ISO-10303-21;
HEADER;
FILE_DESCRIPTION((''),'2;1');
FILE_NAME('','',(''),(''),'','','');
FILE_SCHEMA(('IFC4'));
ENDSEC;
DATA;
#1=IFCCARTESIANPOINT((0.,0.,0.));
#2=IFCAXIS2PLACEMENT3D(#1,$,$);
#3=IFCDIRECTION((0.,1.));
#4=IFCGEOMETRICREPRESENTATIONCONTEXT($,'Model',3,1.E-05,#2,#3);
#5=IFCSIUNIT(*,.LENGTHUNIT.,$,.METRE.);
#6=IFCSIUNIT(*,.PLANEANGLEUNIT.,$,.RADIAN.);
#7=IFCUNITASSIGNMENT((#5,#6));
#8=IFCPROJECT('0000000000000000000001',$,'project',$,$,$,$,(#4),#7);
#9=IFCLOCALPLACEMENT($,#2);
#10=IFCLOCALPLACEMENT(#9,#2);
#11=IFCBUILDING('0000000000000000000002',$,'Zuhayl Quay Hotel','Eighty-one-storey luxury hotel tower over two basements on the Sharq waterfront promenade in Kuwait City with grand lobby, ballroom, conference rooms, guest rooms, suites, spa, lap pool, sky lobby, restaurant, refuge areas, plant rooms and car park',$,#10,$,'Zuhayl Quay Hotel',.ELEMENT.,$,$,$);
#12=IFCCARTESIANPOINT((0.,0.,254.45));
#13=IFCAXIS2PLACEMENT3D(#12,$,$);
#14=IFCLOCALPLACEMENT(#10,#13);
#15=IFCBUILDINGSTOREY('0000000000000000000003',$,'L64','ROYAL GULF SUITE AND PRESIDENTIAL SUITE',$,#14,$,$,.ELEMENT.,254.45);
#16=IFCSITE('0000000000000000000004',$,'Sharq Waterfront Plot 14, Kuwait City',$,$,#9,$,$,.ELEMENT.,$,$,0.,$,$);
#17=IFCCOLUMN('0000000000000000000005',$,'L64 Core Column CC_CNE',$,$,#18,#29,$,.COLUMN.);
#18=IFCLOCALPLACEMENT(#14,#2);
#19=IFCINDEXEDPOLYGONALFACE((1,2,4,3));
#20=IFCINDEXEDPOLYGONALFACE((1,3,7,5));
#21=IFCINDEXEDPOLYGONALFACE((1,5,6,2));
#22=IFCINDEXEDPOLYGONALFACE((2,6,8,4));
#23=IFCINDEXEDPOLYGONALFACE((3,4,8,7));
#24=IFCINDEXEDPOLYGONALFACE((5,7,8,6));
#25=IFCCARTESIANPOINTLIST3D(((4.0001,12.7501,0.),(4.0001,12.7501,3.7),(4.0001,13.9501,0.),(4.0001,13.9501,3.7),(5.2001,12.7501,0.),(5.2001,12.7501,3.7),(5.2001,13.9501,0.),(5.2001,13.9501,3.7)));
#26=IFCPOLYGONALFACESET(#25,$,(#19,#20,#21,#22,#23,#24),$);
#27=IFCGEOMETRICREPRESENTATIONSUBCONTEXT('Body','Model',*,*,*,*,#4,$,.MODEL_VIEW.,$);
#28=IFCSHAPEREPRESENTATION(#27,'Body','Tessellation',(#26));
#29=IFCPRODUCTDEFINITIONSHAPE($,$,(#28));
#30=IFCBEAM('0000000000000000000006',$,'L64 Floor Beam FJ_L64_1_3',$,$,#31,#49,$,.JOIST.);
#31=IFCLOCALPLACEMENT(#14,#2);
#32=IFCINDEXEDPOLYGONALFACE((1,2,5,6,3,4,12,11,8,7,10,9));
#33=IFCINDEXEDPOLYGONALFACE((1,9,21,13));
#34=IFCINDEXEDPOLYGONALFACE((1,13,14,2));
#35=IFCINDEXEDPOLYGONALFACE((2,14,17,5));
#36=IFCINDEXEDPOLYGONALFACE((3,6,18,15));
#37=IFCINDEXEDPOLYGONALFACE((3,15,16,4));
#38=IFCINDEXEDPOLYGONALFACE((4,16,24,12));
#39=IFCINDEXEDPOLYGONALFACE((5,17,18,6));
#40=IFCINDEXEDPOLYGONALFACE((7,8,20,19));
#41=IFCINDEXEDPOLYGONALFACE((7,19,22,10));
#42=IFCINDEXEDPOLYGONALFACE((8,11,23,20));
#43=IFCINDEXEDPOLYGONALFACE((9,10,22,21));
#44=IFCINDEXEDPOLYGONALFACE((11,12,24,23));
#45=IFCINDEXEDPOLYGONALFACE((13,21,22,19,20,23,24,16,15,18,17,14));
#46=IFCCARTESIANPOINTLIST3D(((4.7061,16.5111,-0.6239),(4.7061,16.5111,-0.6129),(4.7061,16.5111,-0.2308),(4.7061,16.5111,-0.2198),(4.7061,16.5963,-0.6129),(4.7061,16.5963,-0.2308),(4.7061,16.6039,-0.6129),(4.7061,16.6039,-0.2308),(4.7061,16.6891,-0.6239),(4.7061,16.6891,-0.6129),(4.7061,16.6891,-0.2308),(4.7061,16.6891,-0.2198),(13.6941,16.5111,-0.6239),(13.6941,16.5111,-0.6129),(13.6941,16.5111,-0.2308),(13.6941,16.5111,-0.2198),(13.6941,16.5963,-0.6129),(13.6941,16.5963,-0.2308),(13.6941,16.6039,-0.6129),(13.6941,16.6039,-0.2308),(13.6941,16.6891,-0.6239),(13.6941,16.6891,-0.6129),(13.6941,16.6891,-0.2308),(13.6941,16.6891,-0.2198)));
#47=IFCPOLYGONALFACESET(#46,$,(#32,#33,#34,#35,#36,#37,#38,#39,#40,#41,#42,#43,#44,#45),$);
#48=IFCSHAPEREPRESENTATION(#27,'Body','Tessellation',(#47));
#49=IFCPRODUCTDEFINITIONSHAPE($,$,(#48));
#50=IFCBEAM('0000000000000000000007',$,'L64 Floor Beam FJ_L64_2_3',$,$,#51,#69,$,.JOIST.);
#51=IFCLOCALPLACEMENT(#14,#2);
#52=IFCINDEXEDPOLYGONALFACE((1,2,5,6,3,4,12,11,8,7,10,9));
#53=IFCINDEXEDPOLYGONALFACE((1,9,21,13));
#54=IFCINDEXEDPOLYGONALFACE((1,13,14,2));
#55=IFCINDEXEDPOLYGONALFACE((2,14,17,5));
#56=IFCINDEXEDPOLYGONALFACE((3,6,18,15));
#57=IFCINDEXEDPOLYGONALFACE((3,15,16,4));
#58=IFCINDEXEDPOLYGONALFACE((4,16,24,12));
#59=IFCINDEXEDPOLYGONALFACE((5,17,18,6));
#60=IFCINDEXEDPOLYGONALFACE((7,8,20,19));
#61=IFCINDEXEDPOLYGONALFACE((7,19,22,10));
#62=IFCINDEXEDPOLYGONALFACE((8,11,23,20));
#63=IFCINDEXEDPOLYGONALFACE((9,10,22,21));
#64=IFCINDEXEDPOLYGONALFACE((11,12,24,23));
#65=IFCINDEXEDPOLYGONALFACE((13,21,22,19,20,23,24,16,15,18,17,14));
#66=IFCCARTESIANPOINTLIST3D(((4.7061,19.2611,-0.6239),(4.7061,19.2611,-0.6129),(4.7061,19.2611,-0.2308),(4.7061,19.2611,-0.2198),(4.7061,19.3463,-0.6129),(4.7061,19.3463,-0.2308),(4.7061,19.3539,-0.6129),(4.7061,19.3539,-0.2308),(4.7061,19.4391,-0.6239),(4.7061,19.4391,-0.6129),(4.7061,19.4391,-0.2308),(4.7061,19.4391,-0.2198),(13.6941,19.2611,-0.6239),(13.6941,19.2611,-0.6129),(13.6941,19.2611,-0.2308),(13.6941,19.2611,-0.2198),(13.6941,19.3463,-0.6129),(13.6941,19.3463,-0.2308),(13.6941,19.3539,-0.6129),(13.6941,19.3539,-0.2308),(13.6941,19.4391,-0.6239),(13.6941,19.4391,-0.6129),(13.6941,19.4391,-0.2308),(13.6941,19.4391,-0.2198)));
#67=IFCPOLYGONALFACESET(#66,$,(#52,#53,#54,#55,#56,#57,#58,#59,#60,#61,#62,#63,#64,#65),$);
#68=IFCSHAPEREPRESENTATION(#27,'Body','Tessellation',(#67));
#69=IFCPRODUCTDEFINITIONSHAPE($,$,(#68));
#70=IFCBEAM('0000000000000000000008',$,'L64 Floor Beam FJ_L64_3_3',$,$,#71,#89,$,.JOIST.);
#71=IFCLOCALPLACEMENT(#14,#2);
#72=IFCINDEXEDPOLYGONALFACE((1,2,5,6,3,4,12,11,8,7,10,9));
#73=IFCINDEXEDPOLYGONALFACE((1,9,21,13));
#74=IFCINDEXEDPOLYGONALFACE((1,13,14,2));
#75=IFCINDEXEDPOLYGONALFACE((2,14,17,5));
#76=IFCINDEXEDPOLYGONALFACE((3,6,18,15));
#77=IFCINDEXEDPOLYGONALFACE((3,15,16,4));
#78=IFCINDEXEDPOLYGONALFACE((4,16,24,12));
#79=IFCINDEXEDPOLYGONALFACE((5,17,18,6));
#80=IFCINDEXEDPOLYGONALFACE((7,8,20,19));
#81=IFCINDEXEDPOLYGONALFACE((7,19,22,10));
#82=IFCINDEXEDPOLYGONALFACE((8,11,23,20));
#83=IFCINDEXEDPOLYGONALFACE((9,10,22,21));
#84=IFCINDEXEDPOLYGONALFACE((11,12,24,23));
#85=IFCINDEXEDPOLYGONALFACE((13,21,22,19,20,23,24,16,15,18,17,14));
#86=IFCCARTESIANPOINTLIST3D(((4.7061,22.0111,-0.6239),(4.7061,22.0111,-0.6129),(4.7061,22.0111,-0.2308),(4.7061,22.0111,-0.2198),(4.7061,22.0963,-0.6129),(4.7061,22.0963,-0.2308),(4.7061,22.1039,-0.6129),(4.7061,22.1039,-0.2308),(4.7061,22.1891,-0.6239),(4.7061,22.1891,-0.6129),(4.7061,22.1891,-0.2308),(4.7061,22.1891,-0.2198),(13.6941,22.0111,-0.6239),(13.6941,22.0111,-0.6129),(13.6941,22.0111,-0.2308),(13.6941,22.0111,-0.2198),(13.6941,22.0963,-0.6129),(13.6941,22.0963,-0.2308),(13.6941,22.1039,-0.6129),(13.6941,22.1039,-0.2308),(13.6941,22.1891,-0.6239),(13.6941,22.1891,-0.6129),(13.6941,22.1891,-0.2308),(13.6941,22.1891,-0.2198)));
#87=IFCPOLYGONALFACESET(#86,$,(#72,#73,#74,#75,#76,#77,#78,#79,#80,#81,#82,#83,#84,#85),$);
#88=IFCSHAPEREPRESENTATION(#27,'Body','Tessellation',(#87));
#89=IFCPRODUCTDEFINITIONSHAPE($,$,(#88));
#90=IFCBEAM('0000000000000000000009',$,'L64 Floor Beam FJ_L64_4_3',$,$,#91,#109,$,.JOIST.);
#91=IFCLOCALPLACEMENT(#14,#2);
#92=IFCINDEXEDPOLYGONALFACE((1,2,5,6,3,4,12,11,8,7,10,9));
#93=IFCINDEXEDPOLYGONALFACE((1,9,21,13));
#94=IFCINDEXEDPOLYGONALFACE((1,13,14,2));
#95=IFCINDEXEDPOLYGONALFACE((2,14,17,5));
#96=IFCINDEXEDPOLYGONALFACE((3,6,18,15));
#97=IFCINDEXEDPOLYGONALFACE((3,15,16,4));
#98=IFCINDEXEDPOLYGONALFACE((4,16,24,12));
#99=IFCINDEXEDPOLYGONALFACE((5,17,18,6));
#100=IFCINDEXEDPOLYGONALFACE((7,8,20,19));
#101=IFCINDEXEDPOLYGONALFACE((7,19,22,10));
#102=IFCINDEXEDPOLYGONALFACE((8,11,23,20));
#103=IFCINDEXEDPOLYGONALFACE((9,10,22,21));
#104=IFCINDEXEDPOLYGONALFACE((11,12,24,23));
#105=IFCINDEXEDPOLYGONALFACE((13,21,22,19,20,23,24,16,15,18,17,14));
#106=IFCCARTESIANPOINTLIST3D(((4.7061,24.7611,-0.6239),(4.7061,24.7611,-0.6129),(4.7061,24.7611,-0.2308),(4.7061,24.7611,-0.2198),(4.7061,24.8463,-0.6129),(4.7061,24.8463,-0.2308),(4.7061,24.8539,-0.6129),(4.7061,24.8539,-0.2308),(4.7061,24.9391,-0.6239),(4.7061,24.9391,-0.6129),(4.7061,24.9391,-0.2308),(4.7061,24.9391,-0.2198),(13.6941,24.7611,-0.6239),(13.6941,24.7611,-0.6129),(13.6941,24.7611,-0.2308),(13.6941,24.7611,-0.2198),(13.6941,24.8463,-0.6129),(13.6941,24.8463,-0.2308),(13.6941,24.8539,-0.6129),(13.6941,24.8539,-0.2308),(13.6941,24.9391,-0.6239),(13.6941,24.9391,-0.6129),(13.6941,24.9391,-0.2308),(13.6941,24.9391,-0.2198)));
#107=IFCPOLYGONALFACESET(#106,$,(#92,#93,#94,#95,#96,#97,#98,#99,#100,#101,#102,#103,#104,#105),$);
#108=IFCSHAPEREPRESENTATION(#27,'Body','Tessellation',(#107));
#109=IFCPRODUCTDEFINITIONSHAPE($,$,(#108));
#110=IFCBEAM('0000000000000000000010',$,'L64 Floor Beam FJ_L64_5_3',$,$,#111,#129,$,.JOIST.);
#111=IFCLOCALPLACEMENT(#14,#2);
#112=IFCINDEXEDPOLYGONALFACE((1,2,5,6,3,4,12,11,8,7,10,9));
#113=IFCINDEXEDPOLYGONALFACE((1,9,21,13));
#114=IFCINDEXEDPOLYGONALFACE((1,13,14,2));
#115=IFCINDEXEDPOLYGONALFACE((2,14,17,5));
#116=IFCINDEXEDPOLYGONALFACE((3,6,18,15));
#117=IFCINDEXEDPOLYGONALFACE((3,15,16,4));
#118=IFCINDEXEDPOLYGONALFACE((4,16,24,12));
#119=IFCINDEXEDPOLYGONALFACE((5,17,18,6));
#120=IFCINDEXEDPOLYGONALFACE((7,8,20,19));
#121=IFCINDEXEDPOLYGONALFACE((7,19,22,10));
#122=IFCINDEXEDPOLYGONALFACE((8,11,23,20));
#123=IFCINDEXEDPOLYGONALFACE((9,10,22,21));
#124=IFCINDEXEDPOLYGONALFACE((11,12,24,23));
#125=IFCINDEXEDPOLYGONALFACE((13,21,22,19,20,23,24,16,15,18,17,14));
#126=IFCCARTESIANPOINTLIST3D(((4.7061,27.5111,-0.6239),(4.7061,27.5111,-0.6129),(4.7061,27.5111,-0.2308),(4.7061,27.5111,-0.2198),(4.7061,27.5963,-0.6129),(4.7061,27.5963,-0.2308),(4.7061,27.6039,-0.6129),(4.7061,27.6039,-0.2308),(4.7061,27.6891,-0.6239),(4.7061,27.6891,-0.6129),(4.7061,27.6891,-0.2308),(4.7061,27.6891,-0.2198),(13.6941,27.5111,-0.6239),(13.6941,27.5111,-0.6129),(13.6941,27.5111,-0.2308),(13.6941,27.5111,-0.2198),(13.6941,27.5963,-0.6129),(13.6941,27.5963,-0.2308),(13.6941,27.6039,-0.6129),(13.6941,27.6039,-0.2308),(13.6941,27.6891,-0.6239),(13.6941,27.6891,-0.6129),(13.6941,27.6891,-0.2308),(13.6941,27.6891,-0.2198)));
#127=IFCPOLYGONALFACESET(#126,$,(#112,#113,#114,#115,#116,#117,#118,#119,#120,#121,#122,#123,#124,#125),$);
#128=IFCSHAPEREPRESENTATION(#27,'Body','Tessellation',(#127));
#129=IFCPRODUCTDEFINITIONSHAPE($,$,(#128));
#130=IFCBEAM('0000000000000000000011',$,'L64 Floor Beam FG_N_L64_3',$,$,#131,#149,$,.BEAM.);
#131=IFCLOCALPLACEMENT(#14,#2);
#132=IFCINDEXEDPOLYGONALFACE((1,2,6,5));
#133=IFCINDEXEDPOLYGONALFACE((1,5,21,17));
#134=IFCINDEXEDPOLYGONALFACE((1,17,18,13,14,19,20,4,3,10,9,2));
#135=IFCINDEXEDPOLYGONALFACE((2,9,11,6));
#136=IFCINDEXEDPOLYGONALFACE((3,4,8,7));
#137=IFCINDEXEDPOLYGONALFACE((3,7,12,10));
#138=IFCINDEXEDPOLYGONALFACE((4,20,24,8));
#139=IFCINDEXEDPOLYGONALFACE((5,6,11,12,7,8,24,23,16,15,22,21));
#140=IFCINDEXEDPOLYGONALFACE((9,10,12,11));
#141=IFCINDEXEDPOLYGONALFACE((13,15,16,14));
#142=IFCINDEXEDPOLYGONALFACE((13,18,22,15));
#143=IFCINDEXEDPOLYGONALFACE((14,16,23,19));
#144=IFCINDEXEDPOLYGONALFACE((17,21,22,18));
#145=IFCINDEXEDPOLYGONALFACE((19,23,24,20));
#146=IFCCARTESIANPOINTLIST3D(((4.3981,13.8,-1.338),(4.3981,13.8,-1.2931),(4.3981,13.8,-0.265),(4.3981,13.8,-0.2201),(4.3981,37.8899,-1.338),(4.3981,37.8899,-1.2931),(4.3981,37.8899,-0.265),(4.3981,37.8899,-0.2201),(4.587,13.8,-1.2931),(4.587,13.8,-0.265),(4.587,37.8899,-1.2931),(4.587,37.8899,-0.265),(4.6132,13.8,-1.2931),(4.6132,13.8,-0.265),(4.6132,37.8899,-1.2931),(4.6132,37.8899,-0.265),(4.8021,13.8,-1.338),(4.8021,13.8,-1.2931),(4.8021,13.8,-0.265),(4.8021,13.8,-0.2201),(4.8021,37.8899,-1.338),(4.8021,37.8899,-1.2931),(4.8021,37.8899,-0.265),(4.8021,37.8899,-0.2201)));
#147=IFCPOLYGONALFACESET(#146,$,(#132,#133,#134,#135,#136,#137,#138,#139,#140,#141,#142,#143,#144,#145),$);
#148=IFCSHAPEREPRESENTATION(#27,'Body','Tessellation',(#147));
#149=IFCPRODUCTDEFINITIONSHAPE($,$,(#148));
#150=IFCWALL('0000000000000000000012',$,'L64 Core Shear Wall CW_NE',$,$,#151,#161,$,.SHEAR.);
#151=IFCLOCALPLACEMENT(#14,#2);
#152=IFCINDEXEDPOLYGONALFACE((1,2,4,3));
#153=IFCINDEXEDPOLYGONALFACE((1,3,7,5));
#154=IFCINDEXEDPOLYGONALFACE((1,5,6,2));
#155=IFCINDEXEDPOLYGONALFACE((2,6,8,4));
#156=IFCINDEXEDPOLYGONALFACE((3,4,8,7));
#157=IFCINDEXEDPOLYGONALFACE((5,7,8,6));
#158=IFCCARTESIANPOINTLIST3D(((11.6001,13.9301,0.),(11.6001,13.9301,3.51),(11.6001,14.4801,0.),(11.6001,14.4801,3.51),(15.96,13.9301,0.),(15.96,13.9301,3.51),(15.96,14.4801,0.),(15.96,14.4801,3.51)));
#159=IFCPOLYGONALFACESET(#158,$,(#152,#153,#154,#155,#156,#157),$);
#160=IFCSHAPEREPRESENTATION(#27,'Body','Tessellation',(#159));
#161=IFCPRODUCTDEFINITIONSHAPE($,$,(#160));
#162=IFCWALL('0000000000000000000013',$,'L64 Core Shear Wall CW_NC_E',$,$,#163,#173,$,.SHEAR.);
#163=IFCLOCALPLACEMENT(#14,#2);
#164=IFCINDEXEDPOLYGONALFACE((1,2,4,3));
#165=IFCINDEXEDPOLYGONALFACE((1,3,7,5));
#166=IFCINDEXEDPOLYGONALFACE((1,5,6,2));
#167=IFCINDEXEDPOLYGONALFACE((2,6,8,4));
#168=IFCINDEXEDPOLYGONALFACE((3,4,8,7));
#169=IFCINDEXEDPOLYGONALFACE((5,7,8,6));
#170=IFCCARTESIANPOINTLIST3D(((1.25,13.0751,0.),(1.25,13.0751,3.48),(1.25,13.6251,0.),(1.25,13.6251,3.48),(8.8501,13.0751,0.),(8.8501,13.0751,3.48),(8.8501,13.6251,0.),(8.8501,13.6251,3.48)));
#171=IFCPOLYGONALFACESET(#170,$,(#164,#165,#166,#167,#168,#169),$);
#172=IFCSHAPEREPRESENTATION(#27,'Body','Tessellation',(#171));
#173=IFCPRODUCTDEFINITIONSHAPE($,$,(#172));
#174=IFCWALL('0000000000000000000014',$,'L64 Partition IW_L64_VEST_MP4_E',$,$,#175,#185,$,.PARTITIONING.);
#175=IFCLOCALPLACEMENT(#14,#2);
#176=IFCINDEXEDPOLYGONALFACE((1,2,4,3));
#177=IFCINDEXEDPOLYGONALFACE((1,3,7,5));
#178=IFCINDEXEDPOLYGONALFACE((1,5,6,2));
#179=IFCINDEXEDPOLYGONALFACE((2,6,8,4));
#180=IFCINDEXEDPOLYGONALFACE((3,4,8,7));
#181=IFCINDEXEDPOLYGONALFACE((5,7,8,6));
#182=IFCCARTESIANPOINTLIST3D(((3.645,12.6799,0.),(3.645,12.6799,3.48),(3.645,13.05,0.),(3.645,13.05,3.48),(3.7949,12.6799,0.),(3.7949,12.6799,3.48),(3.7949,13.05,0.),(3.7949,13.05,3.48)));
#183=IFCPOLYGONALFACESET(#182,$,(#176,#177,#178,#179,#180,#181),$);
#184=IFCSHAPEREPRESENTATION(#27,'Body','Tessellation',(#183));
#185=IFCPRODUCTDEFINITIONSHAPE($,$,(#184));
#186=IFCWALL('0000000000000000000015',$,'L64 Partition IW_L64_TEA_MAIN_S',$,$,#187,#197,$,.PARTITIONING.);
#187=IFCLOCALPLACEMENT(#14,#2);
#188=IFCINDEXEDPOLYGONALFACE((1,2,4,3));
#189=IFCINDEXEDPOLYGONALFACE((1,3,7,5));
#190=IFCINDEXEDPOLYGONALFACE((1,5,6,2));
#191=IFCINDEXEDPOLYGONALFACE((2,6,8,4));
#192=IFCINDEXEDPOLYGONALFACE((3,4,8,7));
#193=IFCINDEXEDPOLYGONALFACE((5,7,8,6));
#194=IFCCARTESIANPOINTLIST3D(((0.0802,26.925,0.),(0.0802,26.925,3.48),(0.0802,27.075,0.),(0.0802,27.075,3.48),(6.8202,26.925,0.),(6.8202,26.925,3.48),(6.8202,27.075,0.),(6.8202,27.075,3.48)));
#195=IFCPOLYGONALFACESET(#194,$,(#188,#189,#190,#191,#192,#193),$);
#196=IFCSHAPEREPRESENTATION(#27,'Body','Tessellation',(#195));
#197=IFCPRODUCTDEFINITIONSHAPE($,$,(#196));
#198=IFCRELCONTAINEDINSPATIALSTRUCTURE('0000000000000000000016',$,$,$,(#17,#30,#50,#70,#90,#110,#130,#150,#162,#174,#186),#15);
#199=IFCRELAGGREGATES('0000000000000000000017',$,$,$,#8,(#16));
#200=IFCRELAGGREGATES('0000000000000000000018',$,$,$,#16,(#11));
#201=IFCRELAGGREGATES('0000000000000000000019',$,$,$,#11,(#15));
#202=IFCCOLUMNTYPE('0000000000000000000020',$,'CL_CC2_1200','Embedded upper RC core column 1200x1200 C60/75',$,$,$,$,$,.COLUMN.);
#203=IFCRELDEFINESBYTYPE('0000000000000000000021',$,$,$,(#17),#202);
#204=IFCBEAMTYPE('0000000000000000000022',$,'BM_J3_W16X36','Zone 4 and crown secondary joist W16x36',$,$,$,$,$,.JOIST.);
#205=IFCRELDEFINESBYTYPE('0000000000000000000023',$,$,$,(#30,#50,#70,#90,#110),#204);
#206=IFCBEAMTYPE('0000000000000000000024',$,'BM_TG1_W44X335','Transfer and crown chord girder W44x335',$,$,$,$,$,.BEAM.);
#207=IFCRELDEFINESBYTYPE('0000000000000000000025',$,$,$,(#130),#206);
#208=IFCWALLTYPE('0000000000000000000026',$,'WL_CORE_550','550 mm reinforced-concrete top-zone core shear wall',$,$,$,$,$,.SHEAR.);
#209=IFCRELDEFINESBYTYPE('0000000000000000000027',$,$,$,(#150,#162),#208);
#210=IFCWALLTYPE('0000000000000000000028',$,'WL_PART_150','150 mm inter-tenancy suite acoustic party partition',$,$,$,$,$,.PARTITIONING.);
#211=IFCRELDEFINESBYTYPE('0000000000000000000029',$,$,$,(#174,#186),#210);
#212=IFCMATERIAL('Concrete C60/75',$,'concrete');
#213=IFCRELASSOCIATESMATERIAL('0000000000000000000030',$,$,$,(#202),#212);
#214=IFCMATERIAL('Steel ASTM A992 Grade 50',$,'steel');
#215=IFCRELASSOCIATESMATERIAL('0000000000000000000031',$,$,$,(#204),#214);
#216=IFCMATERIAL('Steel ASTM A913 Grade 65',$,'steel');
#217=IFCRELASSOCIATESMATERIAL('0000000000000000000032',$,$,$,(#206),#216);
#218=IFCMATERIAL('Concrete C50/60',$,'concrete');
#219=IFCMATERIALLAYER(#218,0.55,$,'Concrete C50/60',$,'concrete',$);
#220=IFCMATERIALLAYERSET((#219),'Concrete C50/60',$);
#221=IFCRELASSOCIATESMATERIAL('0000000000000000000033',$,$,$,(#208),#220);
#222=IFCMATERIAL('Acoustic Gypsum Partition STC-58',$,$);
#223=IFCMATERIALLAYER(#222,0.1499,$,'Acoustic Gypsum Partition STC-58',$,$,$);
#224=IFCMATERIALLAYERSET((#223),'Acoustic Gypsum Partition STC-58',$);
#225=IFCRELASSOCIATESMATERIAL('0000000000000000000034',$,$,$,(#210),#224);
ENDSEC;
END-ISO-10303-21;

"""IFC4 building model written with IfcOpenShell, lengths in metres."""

from ifc_helpers import new_model, si_unit, direction, frame, frame_2d, origin, origin_2d, place, context, subcontext, project, spatial, rectangle, i_section, extrude, material, layer, layer_set, material_profile, profile_set, type_object, element, save


model = new_model("IFC4")

# Units and contexts
model_context = context("Model", 3, precision=1e-05, world=origin(), true_north=direction((0.0, 1.0)))
body_context = subcontext(model_context, "Body", "Model", "MODEL_VIEW")
ifc_project = project(units=[si_unit("LENGTHUNIT", "METRE"), si_unit("PLANEANGLEUNIT", "RADIAN")], contexts=[model_context])

# Site, building, storey
site_placement = place(None, origin())
site = spatial("IfcSite", under=ifc_project, at=site_placement, Name="Sharq Waterfront Plot 14, Kuwait City", CompositionType="ELEMENT", RefElevation=0.0)
building_placement = place(site_placement, origin())
building = spatial("IfcBuilding", under=site, at=building_placement, Name="Zuhayl Quay Hotel", Description="Eighty-one-storey luxury hotel tower over two basements on the Sharq waterfront promenade in Kuwait City with grand lobby, ballroom, conference rooms, guest rooms, suites, spa, lap pool, sky lobby, restaurant, refuge areas, plant rooms and car park", LongName="Zuhayl Quay Hotel", CompositionType="ELEMENT")
storey_placement = place(building_placement, frame((0.0, 0.0, 254.45)))
storey = spatial("IfcBuildingStorey", under=building, at=storey_placement, Name="L64", Description="ROYAL GULF SUITE AND PRESIDENTIAL SUITE", CompositionType="ELEMENT", Elevation=254.45)

# Column
ifc_material_1 = material(Name="Concrete C60/75", Category="concrete")
ifc_material_profile_1 = material_profile(ifc_material_1, rectangle(XDim=1.2, YDim=1.2, at=origin_2d()), Name="RC1200X1200")
ifc_profile_set_1 = profile_set([ifc_material_profile_1], Name="Concrete C60/75")
column_type = type_object("IfcColumnType", Name="CL_CC2_1200", Description="Embedded upper RC core column 1200x1200 C60/75", PredefinedType="COLUMN", material=ifc_profile_set_1)
column_placement = place(storey_placement, frame((4.6001, 13.3501, 0.0), z_axis=(0.0, 0.0, 1.0), x_axis=(1.0, 0.0, 0.0)))
element("IfcColumn", 1, at=column_placement, inside=storey, type_object=column_type, Name="L64 Core Column CC_CNE", PredefinedType="COLUMN", context=body_context, shape_type="SweptSolid", body=[
    extrude(rectangle(XDim=1.2, YDim=1.2, at=origin_2d()), origin(), (0.0, 0.0, 1.0), 3.7),
])

# Beams
ifc_material_2 = material(Name="Steel ASTM A992 Grade 50", Category="steel")
ifc_material_profile_2 = material_profile(ifc_material_2, i_section(OverallWidth=0.178, OverallDepth=0.4041, WebThickness=0.0076, FlangeThickness=0.011, at=origin_2d()), Name="W16X36")
ifc_profile_set_2 = profile_set([ifc_material_profile_2], Name="Steel ASTM A992 Grade 50")
beam_type_1 = type_object("IfcBeamType", Name="BM_J3_W16X36", Description="Zone 4 and crown secondary joist W16x36", PredefinedType="JOIST", material=ifc_profile_set_2)
for number, where, z_axis, x_axis, name in (
    (2, (4.7061, 16.6001, -0.4219), (1.0, 0.0, 0.0), (0.0, 1.0, 0.0), "L64 Floor Beam FJ_L64_1_3"),
    (3, (4.7061, 19.3501, -0.4219), (1.0, 0.0, 0.0), (0.0, 1.0, 0.0), "L64 Floor Beam FJ_L64_2_3"),
    (4, (4.7061, 22.1001, -0.4219), (1.0, 0.0, 0.0), (0.0, 1.0, 0.0), "L64 Floor Beam FJ_L64_3_3"),
    (5, (4.7061, 24.8501, -0.4219), (1.0, 0.0, 0.0), (0.0, 1.0, 0.0), "L64 Floor Beam FJ_L64_4_3"),
    (6, (4.7061, 27.6001, -0.4219), (1.0, 0.0, 0.0), (0.0, 1.0, 0.0), "L64 Floor Beam FJ_L64_5_3"),
):
    element("IfcBeam", number, at=place(storey_placement, frame(where, z_axis=z_axis, x_axis=x_axis)), inside=storey, type_object=beam_type_1, Name=name, PredefinedType="JOIST", context=body_context, shape_type="SweptSolid", body=[
        extrude(i_section(OverallWidth=0.178, OverallDepth=0.4041, WebThickness=0.0076, FlangeThickness=0.011, at=origin_2d()), origin(), (0.0, 0.0, 1.0), 8.988),
    ])
ifc_material_3 = material(Name="Steel ASTM A913 Grade 65", Category="steel")
ifc_material_profile_3 = material_profile(ifc_material_3, i_section(OverallWidth=0.4041, OverallDepth=1.1179, WebThickness=0.0261, FlangeThickness=0.0449, at=origin_2d()), Name="W44X335")
ifc_profile_set_3 = profile_set([ifc_material_profile_3], Name="Steel ASTM A913 Grade 65")
beam_type_2 = type_object("IfcBeamType", Name="BM_TG1_W44X335", Description="Transfer and crown chord girder W44x335", PredefinedType="BEAM", material=ifc_profile_set_3)
beam_placement = place(storey_placement, frame((4.6001, 13.8, -0.7791), z_axis=(0.0, 1.0, 0.0), x_axis=(-1.0, 0.0, 0.0)))
element("IfcBeam", 7, at=beam_placement, inside=storey, type_object=beam_type_2, Name="L64 Floor Beam FG_N_L64_3", PredefinedType="BEAM", context=body_context, shape_type="SweptSolid", body=[
    extrude(i_section(OverallWidth=0.4041, OverallDepth=1.1179, WebThickness=0.0261, FlangeThickness=0.0449, at=origin_2d()), origin(), (0.0, 0.0, 1.0), 24.0898),
])

# Walls
ifc_material_4 = material(Name="Concrete C50/60", Category="concrete")
ifc_layer_1 = layer(ifc_material_4, 0.55, Name="Concrete C50/60", Category="concrete")
ifc_layer_set_1 = layer_set([ifc_layer_1], Name="Concrete C50/60")
wall_type_1 = type_object("IfcWallType", Name="WL_CORE_550", Description="550 mm reinforced-concrete top-zone core shear wall", PredefinedType="SHEAR", material=ifc_layer_set_1)
wall_1_placement = place(storey_placement, frame((11.6001, 14.2051, 0.0), z_axis=(0.0, 0.0, 1.0), x_axis=(1.0, 0.0, 0.0)))
element("IfcWall", 8, at=wall_1_placement, inside=storey, type_object=wall_type_1, Name="L64 Core Shear Wall CW_NE", PredefinedType="SHEAR", context=body_context, shape_type="SweptSolid", body=[
    extrude(rectangle(XDim=4.3599, YDim=0.55, at=frame_2d((2.1799, 0.0))), origin(), (0.0, 0.0, 1.0), 3.51),
])
wall_2_placement = place(storey_placement, frame((1.25, 13.3501, 0.0), z_axis=(0.0, 0.0, 1.0), x_axis=(1.0, 0.0, 0.0)))
element("IfcWall", 9, at=wall_2_placement, inside=storey, type_object=wall_type_1, Name="L64 Core Shear Wall CW_NC_E", PredefinedType="SHEAR", context=body_context, shape_type="SweptSolid", body=[
    extrude(rectangle(XDim=7.6001, YDim=0.55, at=frame_2d((3.8, 0.0))), origin(), (0.0, 0.0, 1.0), 3.48),
])
ifc_material_5 = material(Name="Acoustic Gypsum Partition STC-58")
ifc_layer_2 = layer(ifc_material_5, 0.1499, Name="Acoustic Gypsum Partition STC-58")
ifc_layer_set_2 = layer_set([ifc_layer_2], Name="Acoustic Gypsum Partition STC-58")
wall_type_2 = type_object("IfcWallType", Name="WL_PART_150", Description="150 mm inter-tenancy suite acoustic party partition", PredefinedType="PARTITIONING", material=ifc_layer_set_2)
wall_3_placement = place(storey_placement, frame((3.72, 12.6799, 0.0), z_axis=(0.0, 0.0, 1.0), x_axis=(0.0, 1.0, 0.0)))
element("IfcWall", 10, at=wall_3_placement, inside=storey, type_object=wall_type_2, Name="L64 Partition IW_L64_VEST_MP4_E", PredefinedType="PARTITIONING", context=body_context, shape_type="SweptSolid", body=[
    extrude(rectangle(XDim=0.3701, YDim=0.1499, at=frame_2d((0.1851, 0.0))), origin(), (0.0, 0.0, 1.0), 3.48),
])
wall_4_placement = place(storey_placement, frame((0.0801, 27.0, 0.0), z_axis=(0.0, 0.0, 1.0), x_axis=(1.0, 0.0, 0.0)))
element("IfcWall", 11, at=wall_4_placement, inside=storey, type_object=wall_type_2, Name="L64 Partition IW_L64_TEA_MAIN_S", PredefinedType="PARTITIONING", context=body_context, shape_type="SweptSolid", body=[
    extrude(rectangle(XDim=6.74, YDim=0.1499, at=frame_2d((3.3701, 0.0))), origin(), (0.0, 0.0, 1.0), 3.48),
])

save(model, "model.ifc")
